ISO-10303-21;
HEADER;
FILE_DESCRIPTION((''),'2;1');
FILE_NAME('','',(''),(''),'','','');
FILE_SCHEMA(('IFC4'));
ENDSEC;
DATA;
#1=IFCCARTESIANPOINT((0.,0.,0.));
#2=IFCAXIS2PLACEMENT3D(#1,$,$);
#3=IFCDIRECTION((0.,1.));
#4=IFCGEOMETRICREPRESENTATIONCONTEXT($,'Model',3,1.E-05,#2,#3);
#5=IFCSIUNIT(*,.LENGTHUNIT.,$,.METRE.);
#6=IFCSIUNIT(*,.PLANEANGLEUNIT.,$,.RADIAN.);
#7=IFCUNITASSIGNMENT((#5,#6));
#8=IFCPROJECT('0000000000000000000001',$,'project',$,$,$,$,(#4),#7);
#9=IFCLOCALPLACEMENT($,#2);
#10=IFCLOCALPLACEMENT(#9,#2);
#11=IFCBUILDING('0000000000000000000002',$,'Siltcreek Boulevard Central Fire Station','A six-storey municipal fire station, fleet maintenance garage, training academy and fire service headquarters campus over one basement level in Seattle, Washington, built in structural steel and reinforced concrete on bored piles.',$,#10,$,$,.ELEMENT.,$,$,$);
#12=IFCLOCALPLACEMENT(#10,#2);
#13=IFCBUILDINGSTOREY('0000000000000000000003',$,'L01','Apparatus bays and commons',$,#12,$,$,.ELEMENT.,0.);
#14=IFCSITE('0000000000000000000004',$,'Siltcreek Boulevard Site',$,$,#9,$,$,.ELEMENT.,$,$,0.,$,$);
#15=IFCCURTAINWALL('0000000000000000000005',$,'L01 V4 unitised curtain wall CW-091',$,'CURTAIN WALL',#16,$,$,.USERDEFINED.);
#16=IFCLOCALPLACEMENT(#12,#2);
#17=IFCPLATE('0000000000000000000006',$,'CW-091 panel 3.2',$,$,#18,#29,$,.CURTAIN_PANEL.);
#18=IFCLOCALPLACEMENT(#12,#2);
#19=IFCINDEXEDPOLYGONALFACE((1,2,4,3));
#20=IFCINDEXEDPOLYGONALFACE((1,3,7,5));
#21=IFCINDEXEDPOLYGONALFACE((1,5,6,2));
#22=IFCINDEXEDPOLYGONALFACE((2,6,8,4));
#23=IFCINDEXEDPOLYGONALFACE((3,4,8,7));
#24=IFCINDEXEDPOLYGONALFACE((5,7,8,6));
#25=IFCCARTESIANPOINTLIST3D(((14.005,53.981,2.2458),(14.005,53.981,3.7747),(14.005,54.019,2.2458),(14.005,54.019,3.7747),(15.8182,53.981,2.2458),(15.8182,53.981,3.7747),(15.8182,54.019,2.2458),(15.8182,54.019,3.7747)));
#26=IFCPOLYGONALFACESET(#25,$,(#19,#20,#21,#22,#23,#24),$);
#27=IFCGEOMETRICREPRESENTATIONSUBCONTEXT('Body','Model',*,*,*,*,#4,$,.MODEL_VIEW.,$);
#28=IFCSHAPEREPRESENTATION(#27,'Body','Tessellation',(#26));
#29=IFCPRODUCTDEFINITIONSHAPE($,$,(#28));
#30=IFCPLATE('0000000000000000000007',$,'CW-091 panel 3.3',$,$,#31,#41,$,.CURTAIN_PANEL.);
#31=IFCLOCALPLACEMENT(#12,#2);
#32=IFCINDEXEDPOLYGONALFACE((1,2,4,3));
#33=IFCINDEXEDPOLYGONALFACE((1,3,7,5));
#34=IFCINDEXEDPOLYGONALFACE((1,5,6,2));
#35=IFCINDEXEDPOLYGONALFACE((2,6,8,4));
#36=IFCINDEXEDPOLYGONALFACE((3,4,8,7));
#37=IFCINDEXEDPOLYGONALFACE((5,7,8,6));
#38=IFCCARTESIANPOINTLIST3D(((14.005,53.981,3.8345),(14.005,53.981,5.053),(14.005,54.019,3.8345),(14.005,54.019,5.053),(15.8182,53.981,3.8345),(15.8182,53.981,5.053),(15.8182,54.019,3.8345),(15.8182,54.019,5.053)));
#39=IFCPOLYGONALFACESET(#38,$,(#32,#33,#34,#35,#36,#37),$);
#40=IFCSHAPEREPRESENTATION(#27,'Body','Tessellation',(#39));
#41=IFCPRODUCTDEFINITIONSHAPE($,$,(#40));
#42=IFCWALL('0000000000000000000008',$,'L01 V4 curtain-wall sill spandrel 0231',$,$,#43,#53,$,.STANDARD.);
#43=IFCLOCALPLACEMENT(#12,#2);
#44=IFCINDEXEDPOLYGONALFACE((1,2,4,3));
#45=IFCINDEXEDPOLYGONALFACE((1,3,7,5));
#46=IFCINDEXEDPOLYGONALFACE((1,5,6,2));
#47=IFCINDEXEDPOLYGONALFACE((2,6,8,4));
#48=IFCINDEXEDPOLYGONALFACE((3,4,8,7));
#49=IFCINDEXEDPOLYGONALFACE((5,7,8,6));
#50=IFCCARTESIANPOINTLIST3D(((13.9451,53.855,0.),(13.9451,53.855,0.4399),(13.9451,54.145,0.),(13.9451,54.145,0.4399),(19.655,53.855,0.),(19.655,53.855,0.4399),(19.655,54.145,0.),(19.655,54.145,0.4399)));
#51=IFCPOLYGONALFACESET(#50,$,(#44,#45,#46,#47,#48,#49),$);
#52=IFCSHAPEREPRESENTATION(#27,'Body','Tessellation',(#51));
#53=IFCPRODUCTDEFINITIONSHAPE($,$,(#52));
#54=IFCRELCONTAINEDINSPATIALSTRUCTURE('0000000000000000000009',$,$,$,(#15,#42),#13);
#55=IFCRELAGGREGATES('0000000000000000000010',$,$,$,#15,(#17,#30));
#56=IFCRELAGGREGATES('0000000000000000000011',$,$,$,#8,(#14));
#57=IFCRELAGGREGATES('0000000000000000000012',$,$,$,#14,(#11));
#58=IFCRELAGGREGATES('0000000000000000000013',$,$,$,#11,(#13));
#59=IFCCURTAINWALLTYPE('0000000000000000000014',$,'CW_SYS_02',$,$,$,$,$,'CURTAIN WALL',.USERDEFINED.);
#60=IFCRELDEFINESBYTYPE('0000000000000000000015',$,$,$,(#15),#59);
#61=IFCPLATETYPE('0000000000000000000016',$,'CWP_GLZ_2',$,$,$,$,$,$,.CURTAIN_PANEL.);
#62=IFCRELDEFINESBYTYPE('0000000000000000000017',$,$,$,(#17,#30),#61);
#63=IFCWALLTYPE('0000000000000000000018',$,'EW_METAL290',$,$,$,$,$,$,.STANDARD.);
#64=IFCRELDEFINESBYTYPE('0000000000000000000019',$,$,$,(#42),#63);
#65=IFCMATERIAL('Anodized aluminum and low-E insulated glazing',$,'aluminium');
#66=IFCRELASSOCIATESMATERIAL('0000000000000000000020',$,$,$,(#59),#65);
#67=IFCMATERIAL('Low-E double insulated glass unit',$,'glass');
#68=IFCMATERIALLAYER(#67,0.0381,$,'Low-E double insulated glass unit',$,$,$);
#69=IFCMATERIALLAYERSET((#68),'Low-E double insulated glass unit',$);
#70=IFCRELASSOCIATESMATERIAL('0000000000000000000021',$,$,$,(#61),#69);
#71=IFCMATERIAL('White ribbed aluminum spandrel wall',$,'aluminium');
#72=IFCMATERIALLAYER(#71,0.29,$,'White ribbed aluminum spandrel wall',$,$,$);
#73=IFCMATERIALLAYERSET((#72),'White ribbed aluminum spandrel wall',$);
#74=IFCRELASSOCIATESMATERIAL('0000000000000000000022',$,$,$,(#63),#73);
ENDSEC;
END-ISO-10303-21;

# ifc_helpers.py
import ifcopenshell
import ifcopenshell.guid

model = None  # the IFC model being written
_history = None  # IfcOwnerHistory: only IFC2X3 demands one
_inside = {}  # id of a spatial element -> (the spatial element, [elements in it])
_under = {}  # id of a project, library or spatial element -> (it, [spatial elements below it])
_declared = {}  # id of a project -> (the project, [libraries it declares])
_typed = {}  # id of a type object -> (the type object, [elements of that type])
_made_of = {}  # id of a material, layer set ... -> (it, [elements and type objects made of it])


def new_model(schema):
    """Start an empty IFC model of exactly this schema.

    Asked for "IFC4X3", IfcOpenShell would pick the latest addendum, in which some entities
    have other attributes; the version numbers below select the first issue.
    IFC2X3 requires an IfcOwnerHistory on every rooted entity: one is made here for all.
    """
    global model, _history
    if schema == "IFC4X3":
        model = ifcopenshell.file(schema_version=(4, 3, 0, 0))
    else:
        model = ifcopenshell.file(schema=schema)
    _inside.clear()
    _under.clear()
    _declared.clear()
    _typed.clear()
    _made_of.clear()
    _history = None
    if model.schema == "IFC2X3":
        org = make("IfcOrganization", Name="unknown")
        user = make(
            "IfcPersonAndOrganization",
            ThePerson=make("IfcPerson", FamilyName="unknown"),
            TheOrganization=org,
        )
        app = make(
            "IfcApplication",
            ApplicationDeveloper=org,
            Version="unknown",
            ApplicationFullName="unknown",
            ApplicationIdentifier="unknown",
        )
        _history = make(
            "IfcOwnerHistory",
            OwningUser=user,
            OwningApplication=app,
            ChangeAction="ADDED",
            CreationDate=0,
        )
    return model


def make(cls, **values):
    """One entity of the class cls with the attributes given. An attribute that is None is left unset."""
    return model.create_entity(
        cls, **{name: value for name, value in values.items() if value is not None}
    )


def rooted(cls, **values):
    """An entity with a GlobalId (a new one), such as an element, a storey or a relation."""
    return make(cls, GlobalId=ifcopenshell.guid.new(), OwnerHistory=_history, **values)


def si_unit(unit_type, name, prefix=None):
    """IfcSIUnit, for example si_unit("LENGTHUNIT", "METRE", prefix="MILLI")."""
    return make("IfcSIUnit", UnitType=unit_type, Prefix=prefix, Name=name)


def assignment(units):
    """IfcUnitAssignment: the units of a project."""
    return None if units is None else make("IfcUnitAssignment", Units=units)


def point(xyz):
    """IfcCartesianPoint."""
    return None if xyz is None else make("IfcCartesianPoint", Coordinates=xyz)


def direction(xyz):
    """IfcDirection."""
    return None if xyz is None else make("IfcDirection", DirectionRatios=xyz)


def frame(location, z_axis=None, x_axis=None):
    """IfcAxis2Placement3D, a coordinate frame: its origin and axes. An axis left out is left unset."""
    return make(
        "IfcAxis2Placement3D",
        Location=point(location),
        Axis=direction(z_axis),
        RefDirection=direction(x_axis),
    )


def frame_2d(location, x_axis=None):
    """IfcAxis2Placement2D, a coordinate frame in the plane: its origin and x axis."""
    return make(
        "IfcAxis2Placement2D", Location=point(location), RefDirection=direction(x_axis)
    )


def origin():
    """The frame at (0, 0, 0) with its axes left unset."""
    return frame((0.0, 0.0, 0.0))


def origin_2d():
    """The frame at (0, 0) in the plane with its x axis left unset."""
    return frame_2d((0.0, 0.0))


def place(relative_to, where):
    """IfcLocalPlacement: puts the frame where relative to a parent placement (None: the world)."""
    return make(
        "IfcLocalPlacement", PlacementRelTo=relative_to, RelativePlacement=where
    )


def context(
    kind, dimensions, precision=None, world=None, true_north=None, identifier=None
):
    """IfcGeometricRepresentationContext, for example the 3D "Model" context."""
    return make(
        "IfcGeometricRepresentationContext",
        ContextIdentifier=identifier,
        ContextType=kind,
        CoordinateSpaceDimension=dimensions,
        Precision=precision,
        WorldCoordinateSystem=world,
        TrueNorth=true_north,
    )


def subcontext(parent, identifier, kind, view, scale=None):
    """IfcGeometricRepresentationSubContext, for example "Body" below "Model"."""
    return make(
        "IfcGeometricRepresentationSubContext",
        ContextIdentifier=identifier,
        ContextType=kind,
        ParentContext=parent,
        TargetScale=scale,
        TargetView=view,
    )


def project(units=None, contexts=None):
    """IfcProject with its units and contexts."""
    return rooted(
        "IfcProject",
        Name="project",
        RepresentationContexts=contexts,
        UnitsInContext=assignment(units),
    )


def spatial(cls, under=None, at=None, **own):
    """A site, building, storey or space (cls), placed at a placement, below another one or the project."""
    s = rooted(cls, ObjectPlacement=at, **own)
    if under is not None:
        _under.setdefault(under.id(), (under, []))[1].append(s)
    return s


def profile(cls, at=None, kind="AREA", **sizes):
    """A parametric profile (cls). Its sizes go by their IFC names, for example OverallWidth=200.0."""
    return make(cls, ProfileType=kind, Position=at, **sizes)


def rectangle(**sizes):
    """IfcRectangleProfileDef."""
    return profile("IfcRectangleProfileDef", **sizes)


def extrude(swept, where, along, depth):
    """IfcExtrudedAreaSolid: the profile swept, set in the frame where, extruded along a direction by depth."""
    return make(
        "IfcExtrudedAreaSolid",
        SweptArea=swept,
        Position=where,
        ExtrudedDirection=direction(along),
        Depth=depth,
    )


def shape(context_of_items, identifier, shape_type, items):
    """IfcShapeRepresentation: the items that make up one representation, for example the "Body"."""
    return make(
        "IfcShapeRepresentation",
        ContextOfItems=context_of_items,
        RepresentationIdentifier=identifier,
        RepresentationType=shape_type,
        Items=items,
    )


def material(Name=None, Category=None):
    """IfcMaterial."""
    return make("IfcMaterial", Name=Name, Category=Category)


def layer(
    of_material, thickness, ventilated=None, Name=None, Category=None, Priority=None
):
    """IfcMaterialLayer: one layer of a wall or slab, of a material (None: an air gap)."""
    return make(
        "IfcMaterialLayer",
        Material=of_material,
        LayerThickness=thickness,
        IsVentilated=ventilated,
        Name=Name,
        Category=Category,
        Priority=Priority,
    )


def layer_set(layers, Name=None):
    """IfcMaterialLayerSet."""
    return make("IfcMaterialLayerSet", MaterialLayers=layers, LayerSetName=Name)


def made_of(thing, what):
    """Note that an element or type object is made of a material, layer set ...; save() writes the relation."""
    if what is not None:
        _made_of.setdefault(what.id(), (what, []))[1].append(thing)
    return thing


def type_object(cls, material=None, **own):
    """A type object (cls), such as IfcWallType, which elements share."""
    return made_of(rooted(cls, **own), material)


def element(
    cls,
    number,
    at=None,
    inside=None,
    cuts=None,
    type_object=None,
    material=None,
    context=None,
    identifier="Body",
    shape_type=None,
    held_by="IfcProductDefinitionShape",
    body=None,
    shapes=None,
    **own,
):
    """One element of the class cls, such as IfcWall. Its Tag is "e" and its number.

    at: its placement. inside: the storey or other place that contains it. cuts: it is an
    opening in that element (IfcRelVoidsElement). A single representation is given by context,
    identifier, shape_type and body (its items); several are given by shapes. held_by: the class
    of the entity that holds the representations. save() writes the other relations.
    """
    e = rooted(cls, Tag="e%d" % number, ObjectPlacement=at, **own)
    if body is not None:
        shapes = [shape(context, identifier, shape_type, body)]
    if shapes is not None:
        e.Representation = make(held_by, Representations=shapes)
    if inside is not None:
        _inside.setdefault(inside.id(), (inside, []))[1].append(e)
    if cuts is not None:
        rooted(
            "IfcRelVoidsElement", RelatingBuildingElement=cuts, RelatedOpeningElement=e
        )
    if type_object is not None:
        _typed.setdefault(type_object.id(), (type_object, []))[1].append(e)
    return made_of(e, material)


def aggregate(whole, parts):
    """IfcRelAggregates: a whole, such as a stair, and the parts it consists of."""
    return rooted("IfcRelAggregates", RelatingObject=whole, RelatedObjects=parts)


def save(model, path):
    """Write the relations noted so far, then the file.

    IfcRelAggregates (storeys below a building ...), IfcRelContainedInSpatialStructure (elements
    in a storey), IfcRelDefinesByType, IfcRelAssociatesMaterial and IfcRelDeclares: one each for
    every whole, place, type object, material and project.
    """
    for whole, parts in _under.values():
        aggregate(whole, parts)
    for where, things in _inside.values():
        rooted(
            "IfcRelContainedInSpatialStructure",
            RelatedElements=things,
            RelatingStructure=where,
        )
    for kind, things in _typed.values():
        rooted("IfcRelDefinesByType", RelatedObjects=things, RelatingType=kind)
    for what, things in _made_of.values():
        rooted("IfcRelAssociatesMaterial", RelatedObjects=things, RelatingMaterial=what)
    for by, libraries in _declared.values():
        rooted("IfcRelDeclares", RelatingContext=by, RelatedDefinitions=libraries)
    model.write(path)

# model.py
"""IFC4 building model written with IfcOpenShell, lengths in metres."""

from ifc_helpers import new_model, si_unit, direction, frame, frame_2d, origin, origin_2d, place, context, subcontext, project, spatial, rectangle, extrude, material, layer, layer_set, type_object, element, aggregate, save


model = new_model("IFC4")

# Units and contexts
model_context = context("Model", 3, precision=1e-05, world=origin(), true_north=direction((0.0, 1.0)))
body_context = subcontext(model_context, "Body", "Model", "MODEL_VIEW")
ifc_project = project(units=[si_unit("LENGTHUNIT", "METRE"), si_unit("PLANEANGLEUNIT", "RADIAN")], contexts=[model_context])

# Site, building, storey
site_placement = place(None, origin())
site = spatial("IfcSite", under=ifc_project, at=site_placement, Name="Siltcreek Boulevard Site", CompositionType="ELEMENT", RefElevation=0.0)
building_placement = place(site_placement, origin())
building = spatial("IfcBuilding", under=site, at=building_placement, Name="Siltcreek Boulevard Central Fire Station", Description="A six-storey municipal fire station, fleet maintenance garage, training academy and fire service headquarters campus over one basement level in Seattle, Washington, built in structural steel and reinforced concrete on bored piles.", CompositionType="ELEMENT")
storey_placement = place(building_placement, origin())
storey = spatial("IfcBuildingStorey", under=building, at=storey_placement, Name="L01", Description="Apparatus bays and commons", CompositionType="ELEMENT", Elevation=0.0)

# Curtain wall
ifc_material_1 = material(Name="Anodized aluminum and low-E insulated glazing", Category="aluminium")
curtain_wall_type_1 = type_object("IfcCurtainWallType", Name="CW_SYS_02", ElementType="CURTAIN WALL", PredefinedType="USERDEFINED", material=ifc_material_1)
curtain_wall_1_placement = place(storey_placement, origin())
curtain_wall_1 = element("IfcCurtainWall", 1, at=curtain_wall_1_placement, inside=storey, type_object=curtain_wall_type_1, Name="L01 V4 unitised curtain wall CW-091", ObjectType="CURTAIN WALL", PredefinedType="USERDEFINED")

# Plates
ifc_material_2 = material(Name="Low-E double insulated glass unit", Category="glass")
ifc_layer_1 = layer(ifc_material_2, 0.0381, Name="Low-E double insulated glass unit")
ifc_layer_set_1 = layer_set([ifc_layer_1], Name="Low-E double insulated glass unit")
plate_type = type_object("IfcPlateType", Name="CWP_GLZ_2", PredefinedType="CURTAIN_PANEL", material=ifc_layer_set_1)
plate_1_placement = place(storey_placement, frame((14.9116, 54.0, 2.2458), z_axis=(0.0, 0.0, 1.0), x_axis=(-1.0, 0.0, 0.0)))
plate_1 = element("IfcPlate", 2, at=plate_1_placement, type_object=plate_type, Name="CW-091 panel 3.2", PredefinedType="CURTAIN_PANEL", context=body_context, shape_type="SweptSolid", body=[
    extrude(rectangle(XDim=1.8132, YDim=0.0381, at=origin_2d()), origin(), (0.0, 0.0, 1.0), 1.5288),
])
plate_2_placement = place(storey_placement, frame((14.9116, 54.0, 3.8345), z_axis=(0.0, 0.0, 1.0), x_axis=(-1.0, 0.0, 0.0)))
plate_2 = element("IfcPlate", 3, at=plate_2_placement, type_object=plate_type, Name="CW-091 panel 3.3", PredefinedType="CURTAIN_PANEL", context=body_context, shape_type="SweptSolid", body=[
    extrude(rectangle(XDim=1.8132, YDim=0.0381, at=origin_2d()), origin(), (0.0, 0.0, 1.0), 1.2185),
])
aggregate(curtain_wall_1, [plate_1, plate_2])

# Wall
ifc_material_3 = material(Name="White ribbed aluminum spandrel wall", Category="aluminium")
ifc_layer_2 = layer(ifc_material_3, 0.29, Name="White ribbed aluminum spandrel wall")
ifc_layer_set_2 = layer_set([ifc_layer_2], Name="White ribbed aluminum spandrel wall")
wall_type = type_object("IfcWallType", Name="EW_METAL290", PredefinedType="STANDARD", material=ifc_layer_set_2)
wall_placement = place(storey_placement, frame((19.655, 54.0, 0.0), z_axis=(0.0, 0.0, 1.0), x_axis=(-1.0, 0.0, 0.0)))
element("IfcWall", 4, at=wall_placement, inside=storey, type_object=wall_type, Name="L01 V4 curtain-wall sill spandrel 0231", PredefinedType="STANDARD", context=body_context, shape_type="SweptSolid", body=[
    extrude(rectangle(XDim=5.71, YDim=0.29, at=frame_2d((2.855, 0.0))), origin(), (0.0, 0.0, 1.0), 0.4399),
])

save(model, "model.ifc")
